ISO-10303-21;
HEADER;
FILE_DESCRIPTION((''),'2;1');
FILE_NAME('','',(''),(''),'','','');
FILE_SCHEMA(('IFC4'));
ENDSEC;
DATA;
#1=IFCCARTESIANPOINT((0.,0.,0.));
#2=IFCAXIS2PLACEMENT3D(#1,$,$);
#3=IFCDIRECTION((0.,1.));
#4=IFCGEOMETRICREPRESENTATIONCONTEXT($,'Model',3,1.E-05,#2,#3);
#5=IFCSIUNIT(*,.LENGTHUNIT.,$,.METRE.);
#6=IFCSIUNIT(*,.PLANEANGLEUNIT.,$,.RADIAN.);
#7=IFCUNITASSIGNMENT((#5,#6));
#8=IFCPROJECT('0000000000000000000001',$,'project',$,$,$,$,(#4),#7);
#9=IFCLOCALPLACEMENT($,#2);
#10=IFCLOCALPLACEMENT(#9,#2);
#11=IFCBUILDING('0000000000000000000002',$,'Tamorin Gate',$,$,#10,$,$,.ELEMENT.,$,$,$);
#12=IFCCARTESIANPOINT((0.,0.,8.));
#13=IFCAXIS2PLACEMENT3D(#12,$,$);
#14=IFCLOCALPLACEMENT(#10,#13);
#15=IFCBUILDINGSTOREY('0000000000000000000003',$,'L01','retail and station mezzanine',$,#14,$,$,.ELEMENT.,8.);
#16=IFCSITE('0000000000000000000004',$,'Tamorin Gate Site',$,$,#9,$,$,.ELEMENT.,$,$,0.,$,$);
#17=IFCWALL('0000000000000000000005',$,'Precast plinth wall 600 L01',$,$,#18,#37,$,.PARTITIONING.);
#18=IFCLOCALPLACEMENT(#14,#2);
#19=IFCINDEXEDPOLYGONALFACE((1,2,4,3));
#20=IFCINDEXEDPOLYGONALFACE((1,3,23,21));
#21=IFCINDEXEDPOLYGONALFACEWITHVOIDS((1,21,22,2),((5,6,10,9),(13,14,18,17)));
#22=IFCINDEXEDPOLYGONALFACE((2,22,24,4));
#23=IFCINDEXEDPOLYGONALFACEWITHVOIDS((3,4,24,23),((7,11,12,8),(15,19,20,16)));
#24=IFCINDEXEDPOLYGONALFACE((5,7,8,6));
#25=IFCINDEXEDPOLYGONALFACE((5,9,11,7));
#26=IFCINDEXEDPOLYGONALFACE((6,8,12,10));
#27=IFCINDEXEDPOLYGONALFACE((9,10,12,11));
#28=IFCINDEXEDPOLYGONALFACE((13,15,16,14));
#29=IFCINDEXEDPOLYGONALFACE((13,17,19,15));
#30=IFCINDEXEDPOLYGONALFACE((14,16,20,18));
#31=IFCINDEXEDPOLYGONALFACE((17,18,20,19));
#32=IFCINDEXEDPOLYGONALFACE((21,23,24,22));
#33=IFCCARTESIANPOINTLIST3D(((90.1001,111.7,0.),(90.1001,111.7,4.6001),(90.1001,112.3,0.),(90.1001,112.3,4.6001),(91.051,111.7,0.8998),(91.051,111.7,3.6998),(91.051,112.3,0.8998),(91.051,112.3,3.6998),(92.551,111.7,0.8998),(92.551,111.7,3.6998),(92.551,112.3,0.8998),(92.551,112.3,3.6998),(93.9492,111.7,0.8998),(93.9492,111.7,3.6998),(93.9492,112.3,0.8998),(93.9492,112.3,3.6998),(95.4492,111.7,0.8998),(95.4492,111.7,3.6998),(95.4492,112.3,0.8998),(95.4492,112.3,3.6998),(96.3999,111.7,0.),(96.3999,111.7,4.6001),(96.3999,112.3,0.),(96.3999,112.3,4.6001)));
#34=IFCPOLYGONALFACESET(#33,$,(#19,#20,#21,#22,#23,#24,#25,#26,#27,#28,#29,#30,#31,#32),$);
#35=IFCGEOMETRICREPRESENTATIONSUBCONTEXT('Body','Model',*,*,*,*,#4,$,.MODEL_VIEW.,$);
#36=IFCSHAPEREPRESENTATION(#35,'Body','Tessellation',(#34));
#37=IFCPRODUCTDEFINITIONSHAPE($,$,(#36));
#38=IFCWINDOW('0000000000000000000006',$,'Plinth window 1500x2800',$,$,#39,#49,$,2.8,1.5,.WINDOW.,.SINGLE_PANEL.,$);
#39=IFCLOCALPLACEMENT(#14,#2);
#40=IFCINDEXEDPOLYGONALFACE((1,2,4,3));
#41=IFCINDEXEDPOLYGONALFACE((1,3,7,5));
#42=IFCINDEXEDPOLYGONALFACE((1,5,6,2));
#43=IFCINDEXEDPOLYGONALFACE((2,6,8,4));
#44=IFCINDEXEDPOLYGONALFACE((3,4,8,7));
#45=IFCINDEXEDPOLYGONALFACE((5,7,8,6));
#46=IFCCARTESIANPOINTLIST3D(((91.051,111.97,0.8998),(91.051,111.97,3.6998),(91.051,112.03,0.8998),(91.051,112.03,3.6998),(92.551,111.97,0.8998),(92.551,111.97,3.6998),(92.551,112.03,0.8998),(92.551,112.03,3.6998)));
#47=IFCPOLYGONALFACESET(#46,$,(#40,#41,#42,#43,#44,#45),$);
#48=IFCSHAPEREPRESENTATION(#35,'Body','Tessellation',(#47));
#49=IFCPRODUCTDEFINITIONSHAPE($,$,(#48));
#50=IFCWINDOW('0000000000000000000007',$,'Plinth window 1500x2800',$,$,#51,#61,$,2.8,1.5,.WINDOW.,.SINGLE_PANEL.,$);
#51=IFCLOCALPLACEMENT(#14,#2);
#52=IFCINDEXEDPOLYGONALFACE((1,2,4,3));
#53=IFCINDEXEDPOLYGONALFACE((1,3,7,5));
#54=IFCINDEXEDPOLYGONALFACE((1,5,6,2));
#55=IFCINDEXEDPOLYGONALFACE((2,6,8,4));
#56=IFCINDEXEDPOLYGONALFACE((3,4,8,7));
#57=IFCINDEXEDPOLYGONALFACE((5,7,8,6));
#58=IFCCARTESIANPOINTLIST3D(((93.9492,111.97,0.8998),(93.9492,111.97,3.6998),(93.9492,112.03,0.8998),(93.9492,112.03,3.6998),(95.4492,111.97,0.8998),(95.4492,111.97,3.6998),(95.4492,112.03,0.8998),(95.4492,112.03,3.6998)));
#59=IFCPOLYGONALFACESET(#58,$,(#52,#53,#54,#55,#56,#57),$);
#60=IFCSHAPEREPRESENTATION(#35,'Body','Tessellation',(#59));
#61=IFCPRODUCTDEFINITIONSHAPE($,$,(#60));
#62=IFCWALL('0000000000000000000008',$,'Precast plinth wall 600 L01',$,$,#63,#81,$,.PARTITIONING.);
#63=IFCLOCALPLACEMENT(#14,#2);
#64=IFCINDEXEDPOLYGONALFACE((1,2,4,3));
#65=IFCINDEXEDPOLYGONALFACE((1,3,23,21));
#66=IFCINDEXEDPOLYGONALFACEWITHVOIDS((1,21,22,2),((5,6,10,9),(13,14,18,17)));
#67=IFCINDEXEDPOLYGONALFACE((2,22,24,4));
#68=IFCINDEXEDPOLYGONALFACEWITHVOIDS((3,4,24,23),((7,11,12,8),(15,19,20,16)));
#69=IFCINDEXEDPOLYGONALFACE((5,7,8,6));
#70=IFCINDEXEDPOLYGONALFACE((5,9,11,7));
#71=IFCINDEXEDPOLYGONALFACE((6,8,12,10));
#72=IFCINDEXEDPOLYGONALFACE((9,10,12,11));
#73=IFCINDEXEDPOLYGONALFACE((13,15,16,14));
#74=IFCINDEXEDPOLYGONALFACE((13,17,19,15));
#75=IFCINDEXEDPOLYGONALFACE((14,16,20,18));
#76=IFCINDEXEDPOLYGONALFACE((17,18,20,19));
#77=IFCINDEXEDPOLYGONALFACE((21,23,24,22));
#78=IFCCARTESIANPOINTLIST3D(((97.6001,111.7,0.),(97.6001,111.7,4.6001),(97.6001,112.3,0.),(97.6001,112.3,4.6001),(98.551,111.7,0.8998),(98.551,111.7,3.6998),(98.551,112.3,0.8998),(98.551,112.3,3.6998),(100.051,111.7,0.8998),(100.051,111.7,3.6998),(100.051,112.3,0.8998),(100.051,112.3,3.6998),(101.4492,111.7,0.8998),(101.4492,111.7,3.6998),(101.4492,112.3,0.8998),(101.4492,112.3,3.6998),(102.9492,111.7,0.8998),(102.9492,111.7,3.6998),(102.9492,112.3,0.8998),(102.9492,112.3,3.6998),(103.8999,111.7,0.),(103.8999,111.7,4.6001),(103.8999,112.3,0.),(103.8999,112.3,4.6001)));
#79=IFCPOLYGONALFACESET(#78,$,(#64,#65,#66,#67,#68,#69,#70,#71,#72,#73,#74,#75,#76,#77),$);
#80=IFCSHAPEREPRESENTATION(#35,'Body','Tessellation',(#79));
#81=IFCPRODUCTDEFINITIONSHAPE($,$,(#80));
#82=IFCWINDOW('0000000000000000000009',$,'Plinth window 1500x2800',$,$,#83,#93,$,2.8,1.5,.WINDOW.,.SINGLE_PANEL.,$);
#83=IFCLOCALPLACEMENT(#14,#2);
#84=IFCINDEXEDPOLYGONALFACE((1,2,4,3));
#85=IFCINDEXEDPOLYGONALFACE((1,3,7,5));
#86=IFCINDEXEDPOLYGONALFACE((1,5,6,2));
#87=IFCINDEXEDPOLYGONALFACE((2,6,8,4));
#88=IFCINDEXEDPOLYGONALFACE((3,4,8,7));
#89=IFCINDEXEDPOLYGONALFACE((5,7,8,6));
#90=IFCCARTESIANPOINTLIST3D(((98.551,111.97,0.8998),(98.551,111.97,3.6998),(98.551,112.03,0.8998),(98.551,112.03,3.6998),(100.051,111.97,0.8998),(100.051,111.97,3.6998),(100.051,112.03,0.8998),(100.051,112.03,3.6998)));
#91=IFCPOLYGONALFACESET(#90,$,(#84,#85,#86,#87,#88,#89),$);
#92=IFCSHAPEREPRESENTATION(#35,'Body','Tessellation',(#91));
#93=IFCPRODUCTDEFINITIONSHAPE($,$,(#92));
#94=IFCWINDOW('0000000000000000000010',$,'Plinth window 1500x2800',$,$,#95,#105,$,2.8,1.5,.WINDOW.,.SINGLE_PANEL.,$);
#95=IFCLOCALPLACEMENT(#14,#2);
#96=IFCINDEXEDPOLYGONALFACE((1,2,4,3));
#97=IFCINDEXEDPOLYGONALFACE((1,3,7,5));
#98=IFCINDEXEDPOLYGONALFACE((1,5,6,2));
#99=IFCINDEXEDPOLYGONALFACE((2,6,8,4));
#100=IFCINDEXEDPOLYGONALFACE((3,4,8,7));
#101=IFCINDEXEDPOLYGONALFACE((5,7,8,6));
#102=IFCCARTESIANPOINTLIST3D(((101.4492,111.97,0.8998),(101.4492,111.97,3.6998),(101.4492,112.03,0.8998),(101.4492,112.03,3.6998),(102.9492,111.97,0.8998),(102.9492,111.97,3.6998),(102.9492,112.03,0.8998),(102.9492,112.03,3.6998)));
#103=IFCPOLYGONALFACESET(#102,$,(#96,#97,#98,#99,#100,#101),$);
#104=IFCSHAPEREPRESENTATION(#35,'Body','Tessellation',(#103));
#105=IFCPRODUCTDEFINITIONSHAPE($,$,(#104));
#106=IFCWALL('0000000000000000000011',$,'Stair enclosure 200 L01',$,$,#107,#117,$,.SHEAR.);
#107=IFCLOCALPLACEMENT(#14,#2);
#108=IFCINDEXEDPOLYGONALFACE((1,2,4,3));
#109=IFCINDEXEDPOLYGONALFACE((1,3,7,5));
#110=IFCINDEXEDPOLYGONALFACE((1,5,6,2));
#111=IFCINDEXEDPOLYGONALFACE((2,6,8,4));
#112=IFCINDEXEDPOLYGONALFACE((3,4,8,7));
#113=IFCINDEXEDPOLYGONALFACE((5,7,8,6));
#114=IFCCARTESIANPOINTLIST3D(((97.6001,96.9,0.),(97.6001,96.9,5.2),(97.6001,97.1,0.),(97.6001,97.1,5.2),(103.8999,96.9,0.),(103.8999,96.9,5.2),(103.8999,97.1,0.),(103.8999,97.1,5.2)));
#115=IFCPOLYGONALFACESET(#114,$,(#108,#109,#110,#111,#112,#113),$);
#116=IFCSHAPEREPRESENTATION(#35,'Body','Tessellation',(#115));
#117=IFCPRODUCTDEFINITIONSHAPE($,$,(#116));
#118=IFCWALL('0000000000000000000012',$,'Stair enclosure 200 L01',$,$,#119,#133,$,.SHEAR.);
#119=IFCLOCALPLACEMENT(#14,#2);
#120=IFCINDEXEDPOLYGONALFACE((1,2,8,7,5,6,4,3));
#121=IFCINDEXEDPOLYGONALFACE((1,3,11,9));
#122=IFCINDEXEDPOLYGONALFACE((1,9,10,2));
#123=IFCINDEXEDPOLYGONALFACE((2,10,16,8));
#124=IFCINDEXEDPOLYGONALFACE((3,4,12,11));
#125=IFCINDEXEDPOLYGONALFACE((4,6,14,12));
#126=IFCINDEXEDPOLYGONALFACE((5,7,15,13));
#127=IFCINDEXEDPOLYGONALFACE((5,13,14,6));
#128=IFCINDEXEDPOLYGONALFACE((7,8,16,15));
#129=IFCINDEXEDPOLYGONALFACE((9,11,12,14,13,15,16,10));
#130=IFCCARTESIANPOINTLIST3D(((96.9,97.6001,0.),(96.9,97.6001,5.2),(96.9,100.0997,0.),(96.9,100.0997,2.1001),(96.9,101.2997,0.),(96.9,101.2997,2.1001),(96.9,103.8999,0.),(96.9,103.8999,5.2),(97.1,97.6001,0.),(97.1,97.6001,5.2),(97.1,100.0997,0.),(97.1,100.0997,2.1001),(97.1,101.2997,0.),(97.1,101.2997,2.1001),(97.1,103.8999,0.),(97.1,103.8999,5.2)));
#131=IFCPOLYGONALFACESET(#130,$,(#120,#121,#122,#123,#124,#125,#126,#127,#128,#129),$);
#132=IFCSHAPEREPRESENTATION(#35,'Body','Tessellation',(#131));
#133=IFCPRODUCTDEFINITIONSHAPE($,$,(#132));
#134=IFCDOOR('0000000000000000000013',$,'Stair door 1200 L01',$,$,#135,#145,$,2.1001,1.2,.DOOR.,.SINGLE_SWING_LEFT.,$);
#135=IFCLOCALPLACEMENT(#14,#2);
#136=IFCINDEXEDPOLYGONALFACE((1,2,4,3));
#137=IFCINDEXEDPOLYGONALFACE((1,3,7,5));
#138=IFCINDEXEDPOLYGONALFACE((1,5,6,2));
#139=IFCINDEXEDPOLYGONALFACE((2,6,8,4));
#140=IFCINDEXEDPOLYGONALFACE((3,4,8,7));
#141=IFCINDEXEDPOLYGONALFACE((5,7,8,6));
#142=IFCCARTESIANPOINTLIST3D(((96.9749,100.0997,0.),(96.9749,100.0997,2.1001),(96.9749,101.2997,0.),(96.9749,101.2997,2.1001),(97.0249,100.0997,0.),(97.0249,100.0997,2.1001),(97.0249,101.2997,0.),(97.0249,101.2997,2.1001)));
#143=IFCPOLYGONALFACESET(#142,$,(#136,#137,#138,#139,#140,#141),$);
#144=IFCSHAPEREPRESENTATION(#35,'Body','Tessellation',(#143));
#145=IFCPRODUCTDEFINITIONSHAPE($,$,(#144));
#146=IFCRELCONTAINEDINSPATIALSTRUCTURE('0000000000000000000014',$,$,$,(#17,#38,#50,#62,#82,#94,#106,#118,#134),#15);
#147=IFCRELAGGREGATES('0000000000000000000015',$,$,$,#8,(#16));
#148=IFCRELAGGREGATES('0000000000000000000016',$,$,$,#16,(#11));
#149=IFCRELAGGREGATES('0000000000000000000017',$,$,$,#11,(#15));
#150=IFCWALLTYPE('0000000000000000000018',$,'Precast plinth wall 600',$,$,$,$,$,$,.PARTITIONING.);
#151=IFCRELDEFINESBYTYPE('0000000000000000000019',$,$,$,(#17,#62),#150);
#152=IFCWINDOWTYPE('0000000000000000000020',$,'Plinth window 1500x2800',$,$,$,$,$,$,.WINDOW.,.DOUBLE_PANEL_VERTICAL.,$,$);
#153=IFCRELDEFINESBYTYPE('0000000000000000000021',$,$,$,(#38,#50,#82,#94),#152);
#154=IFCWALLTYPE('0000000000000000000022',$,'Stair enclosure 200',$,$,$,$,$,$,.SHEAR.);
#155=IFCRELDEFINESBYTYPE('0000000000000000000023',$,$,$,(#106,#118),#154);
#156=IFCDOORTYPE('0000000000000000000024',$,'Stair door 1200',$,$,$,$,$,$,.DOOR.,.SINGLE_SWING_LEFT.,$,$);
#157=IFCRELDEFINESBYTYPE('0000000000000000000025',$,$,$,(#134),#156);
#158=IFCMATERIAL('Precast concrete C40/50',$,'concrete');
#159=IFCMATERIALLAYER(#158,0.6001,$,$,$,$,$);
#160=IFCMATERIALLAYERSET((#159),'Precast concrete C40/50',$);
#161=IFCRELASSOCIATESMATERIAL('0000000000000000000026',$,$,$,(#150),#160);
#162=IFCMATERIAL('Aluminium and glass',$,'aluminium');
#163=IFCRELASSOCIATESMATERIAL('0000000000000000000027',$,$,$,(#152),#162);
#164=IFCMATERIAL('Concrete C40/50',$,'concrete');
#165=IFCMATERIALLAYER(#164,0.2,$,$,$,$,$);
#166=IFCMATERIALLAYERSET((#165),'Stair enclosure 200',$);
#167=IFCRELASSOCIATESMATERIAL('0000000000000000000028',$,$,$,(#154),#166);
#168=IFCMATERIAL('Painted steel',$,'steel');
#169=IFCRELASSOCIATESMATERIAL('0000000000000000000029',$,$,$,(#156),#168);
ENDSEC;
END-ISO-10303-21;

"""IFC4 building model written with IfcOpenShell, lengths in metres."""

from ifc_helpers import new_model, si_unit, direction, frame, frame_2d, origin, place, context, subcontext, project, spatial, rectangle, extrude, material, layer, layer_set, type_object, element, fill, save


model = new_model("IFC4")

# Units and contexts
model_context = context("Model", 3, precision=1e-05, world=origin(), true_north=direction((0.0, 1.0)))
body_context = subcontext(model_context, "Body", "Model", "MODEL_VIEW")
ifc_project = project(units=[si_unit("LENGTHUNIT", "METRE"), si_unit("PLANEANGLEUNIT", "RADIAN")], contexts=[model_context])

# Site, building, storey
site_placement = place(None, origin())
site = spatial("IfcSite", under=ifc_project, at=site_placement, Name="Tamorin Gate Site", CompositionType="ELEMENT", RefElevation=0.0)
building_placement = place(site_placement, origin())
building = spatial("IfcBuilding", under=site, at=building_placement, Name="Tamorin Gate", CompositionType="ELEMENT")
storey_placement = place(building_placement, frame((0.0, 0.0, 8.0)))
storey = spatial("IfcBuildingStorey", under=building, at=storey_placement, Name="L01", Description="retail and station mezzanine", CompositionType="ELEMENT", Elevation=8.0)

# Walls, openings, windows
ifc_material_1 = material(Name="Precast concrete C40/50", Category="concrete")
ifc_layer_1 = layer(ifc_material_1, 0.6001)
ifc_layer_set_1 = layer_set([ifc_layer_1], Name="Precast concrete C40/50")
wall_type_1 = type_object("IfcWallType", Name="Precast plinth wall 600", PredefinedType="PARTITIONING", material=ifc_layer_set_1)
wall_1_placement = place(storey_placement, frame((90.1001, 112.0, 0.0), z_axis=(0.0, 0.0, 1.0), x_axis=(1.0, 0.0, 0.0)))
wall_1 = element("IfcWall", 1, at=wall_1_placement, inside=storey, type_object=wall_type_1, Name="Precast plinth wall 600 L01", PredefinedType="PARTITIONING", context=body_context, shape_type="SweptSolid", body=[
    extrude(rectangle(XDim=6.2998, YDim=0.6001, at=frame_2d((3.1499, 0.0))), origin(), (0.0, 0.0, 1.0), 4.6001),
])
opening_1_placement = place(wall_1_placement, frame((0.9509, 0.0, 0.8999)))
opening_1 = element("IfcOpeningElement", 2, at=opening_1_placement, cuts=wall_1, PredefinedType="OPENING", context=body_context, shape_type="SweptSolid", body=[
    extrude(rectangle(XDim=1.5, YDim=2.8, at=frame_2d((0.75, 1.3999))), frame((0.0, 0.3101, 0.0), z_axis=(0.0, -1.0, 0.0), x_axis=(1.0, 0.0, 0.0)), (0.0, 0.0, 1.0), 0.6201),
])
opening_2_placement = place(wall_1_placement, frame((3.8491, 0.0, 0.8999)))
opening_2 = element("IfcOpeningElement", 3, at=opening_2_placement, cuts=wall_1, PredefinedType="OPENING", context=body_context, shape_type="SweptSolid", body=[
    extrude(rectangle(XDim=1.5, YDim=2.8, at=frame_2d((0.75, 1.3999))), frame((0.0, 0.3101, 0.0), z_axis=(0.0, -1.0, 0.0), x_axis=(1.0, 0.0, 0.0)), (0.0, 0.0, 1.0), 0.6201),
])
ifc_material_2 = material(Name="Aluminium and glass", Category="aluminium")
window_type = type_object("IfcWindowType", Name="Plinth window 1500x2800", PartitioningType="DOUBLE_PANEL_VERTICAL", PredefinedType="WINDOW", material=ifc_material_2)
window_1_placement = place(opening_1_placement, origin())
window_1 = element("IfcWindow", 4, at=window_1_placement, inside=storey, type_object=window_type, Name="Plinth window 1500x2800", OverallHeight=2.8, OverallWidth=1.5, PartitioningType="SINGLE_PANEL", PredefinedType="WINDOW", context=body_context, shape_type="SweptSolid", body=[
    extrude(rectangle(XDim=1.5, YDim=2.8, at=frame_2d((0.75, 1.3999))), frame((0.0, 0.03, 0.0), z_axis=(0.0, -1.0, 0.0), x_axis=(1.0, 0.0, 0.0)), (0.0, 0.0, 1.0), 0.0601),
])
fill(opening_1, window_1)
window_2_placement = place(opening_2_placement, origin())
window_2 = element("IfcWindow", 5, at=window_2_placement, inside=storey, type_object=window_type, Name="Plinth window 1500x2800", OverallHeight=2.8, OverallWidth=1.5, PartitioningType="SINGLE_PANEL", PredefinedType="WINDOW", context=body_context, shape_type="SweptSolid", body=[
    extrude(rectangle(XDim=1.5, YDim=2.8, at=frame_2d((0.75, 1.3999))), frame((0.0, 0.03, 0.0), z_axis=(0.0, -1.0, 0.0), x_axis=(1.0, 0.0, 0.0)), (0.0, 0.0, 1.0), 0.0601),
])
fill(opening_2, window_2)
wall_2_placement = place(storey_placement, frame((97.6001, 112.0, 0.0), z_axis=(0.0, 0.0, 1.0), x_axis=(1.0, 0.0, 0.0)))
wall_2 = element("IfcWall", 6, at=wall_2_placement, inside=storey, type_object=wall_type_1, Name="Precast plinth wall 600 L01", PredefinedType="PARTITIONING", context=body_context, shape_type="SweptSolid", body=[
    extrude(rectangle(XDim=6.2998, YDim=0.6001, at=frame_2d((3.1499, 0.0))), origin(), (0.0, 0.0, 1.0), 4.6001),
])
opening_3_placement = place(wall_2_placement, frame((0.9509, 0.0, 0.8999)))
opening_3 = element("IfcOpeningElement", 7, at=opening_3_placement, cuts=wall_2, PredefinedType="OPENING", context=body_context, shape_type="SweptSolid", body=[
    extrude(rectangle(XDim=1.5, YDim=2.8, at=frame_2d((0.75, 1.3999))), frame((0.0, 0.3101, 0.0), z_axis=(0.0, -1.0, 0.0), x_axis=(1.0, 0.0, 0.0)), (0.0, 0.0, 1.0), 0.6201),
])
opening_4_placement = place(wall_2_placement, frame((3.8491, 0.0, 0.8999)))
opening_4 = element("IfcOpeningElement", 8, at=opening_4_placement, cuts=wall_2, PredefinedType="OPENING", context=body_context, shape_type="SweptSolid", body=[
    extrude(rectangle(XDim=1.5, YDim=2.8, at=frame_2d((0.75, 1.3999))), frame((0.0, 0.3101, 0.0), z_axis=(0.0, -1.0, 0.0), x_axis=(1.0, 0.0, 0.0)), (0.0, 0.0, 1.0), 0.6201),
])
window_3_placement = place(opening_3_placement, origin())
window_3 = element("IfcWindow", 9, at=window_3_placement, inside=storey, type_object=window_type, Name="Plinth window 1500x2800", OverallHeight=2.8, OverallWidth=1.5, PartitioningType="SINGLE_PANEL", PredefinedType="WINDOW", context=body_context, shape_type="SweptSolid", body=[
    extrude(rectangle(XDim=1.5, YDim=2.8, at=frame_2d((0.75, 1.3999))), frame((0.0, 0.03, 0.0), z_axis=(0.0, -1.0, 0.0), x_axis=(1.0, 0.0, 0.0)), (0.0, 0.0, 1.0), 0.0601),
])
fill(opening_3, window_3)
window_4_placement = place(opening_4_placement, origin())
window_4 = element("IfcWindow", 10, at=window_4_placement, inside=storey, type_object=window_type, Name="Plinth window 1500x2800", OverallHeight=2.8, OverallWidth=1.5, PartitioningType="SINGLE_PANEL", PredefinedType="WINDOW", context=body_context, shape_type="SweptSolid", body=[
    extrude(rectangle(XDim=1.5, YDim=2.8, at=frame_2d((0.75, 1.3999))), frame((0.0, 0.03, 0.0), z_axis=(0.0, -1.0, 0.0), x_axis=(1.0, 0.0, 0.0)), (0.0, 0.0, 1.0), 0.0601),
])
fill(opening_4, window_4)

# Wall
ifc_material_3 = material(Name="Concrete C40/50", Category="concrete")
ifc_layer_2 = layer(ifc_material_3, 0.2)
ifc_layer_set_2 = layer_set([ifc_layer_2], Name="Stair enclosure 200")
wall_type_2 = type_object("IfcWallType", Name="Stair enclosure 200", PredefinedType="SHEAR", material=ifc_layer_set_2)
wall_3_placement = place(storey_placement, frame((97.6001, 97.0, 0.0), z_axis=(0.0, 0.0, 1.0), x_axis=(1.0, 0.0, 0.0)))
element("IfcWall", 11, at=wall_3_placement, inside=storey, type_object=wall_type_2, Name="Stair enclosure 200 L01", PredefinedType="SHEAR", context=body_context, shape_type="SweptSolid", body=[
    extrude(rectangle(XDim=6.2998, YDim=0.2, at=frame_2d((3.1499, 0.0))), origin(), (0.0, 0.0, 1.0), 5.2),
])

# Wall, opening, door
wall_4_placement = place(storey_placement, frame((97.0, 103.8999, 0.0), z_axis=(0.0, 0.0, 1.0), x_axis=(0.0, -1.0, 0.0)))
wall_4 = element("IfcWall", 12, at=wall_4_placement, inside=storey, type_object=wall_type_2, Name="Stair enclosure 200 L01", PredefinedType="SHEAR", context=body_context, shape_type="SweptSolid", body=[
    extrude(rectangle(XDim=6.2998, YDim=0.2, at=frame_2d((3.1499, 0.0))), origin(), (0.0, 0.0, 1.0), 5.2),
])
opening_5_placement = place(wall_4_placement, frame((2.6001, 0.0, 0.0)))
opening_5 = element("IfcOpeningElement", 13, at=opening_5_placement, cuts=wall_4, PredefinedType="OPENING", context=body_context, shape_type="SweptSolid", body=[
    extrude(rectangle(XDim=1.2, YDim=2.1001, at=frame_2d((0.6001, 1.05))), frame((0.0, 0.1099, 0.0), z_axis=(0.0, -1.0, 0.0), x_axis=(1.0, 0.0, 0.0)), (0.0, 0.0, 1.0), 0.22),
])
ifc_material_4 = material(Name="Painted steel", Category="steel")
door_type_1 = type_object("IfcDoorType", Name="Stair door 1200", OperationType="SINGLE_SWING_LEFT", PredefinedType="DOOR", material=ifc_material_4)
door_1_placement = place(opening_5_placement, origin())
door_1 = element("IfcDoor", 14, at=door_1_placement, inside=storey, type_object=door_type_1, Name="Stair door 1200 L01", OperationType="SINGLE_SWING_LEFT", OverallHeight=2.1001, OverallWidth=1.2, PredefinedType="DOOR", context=body_context, shape_type="SweptSolid", body=[
    extrude(rectangle(XDim=1.2, YDim=2.1001, at=frame_2d((0.6001, 1.05))), frame((0.0, 0.0249, 0.0), z_axis=(0.0, -1.0, 0.0), x_axis=(1.0, 0.0, 0.0)), (0.0, 0.0, 1.0), 0.05),
])
fill(opening_5, door_1)

save(model, "model.ifc")
